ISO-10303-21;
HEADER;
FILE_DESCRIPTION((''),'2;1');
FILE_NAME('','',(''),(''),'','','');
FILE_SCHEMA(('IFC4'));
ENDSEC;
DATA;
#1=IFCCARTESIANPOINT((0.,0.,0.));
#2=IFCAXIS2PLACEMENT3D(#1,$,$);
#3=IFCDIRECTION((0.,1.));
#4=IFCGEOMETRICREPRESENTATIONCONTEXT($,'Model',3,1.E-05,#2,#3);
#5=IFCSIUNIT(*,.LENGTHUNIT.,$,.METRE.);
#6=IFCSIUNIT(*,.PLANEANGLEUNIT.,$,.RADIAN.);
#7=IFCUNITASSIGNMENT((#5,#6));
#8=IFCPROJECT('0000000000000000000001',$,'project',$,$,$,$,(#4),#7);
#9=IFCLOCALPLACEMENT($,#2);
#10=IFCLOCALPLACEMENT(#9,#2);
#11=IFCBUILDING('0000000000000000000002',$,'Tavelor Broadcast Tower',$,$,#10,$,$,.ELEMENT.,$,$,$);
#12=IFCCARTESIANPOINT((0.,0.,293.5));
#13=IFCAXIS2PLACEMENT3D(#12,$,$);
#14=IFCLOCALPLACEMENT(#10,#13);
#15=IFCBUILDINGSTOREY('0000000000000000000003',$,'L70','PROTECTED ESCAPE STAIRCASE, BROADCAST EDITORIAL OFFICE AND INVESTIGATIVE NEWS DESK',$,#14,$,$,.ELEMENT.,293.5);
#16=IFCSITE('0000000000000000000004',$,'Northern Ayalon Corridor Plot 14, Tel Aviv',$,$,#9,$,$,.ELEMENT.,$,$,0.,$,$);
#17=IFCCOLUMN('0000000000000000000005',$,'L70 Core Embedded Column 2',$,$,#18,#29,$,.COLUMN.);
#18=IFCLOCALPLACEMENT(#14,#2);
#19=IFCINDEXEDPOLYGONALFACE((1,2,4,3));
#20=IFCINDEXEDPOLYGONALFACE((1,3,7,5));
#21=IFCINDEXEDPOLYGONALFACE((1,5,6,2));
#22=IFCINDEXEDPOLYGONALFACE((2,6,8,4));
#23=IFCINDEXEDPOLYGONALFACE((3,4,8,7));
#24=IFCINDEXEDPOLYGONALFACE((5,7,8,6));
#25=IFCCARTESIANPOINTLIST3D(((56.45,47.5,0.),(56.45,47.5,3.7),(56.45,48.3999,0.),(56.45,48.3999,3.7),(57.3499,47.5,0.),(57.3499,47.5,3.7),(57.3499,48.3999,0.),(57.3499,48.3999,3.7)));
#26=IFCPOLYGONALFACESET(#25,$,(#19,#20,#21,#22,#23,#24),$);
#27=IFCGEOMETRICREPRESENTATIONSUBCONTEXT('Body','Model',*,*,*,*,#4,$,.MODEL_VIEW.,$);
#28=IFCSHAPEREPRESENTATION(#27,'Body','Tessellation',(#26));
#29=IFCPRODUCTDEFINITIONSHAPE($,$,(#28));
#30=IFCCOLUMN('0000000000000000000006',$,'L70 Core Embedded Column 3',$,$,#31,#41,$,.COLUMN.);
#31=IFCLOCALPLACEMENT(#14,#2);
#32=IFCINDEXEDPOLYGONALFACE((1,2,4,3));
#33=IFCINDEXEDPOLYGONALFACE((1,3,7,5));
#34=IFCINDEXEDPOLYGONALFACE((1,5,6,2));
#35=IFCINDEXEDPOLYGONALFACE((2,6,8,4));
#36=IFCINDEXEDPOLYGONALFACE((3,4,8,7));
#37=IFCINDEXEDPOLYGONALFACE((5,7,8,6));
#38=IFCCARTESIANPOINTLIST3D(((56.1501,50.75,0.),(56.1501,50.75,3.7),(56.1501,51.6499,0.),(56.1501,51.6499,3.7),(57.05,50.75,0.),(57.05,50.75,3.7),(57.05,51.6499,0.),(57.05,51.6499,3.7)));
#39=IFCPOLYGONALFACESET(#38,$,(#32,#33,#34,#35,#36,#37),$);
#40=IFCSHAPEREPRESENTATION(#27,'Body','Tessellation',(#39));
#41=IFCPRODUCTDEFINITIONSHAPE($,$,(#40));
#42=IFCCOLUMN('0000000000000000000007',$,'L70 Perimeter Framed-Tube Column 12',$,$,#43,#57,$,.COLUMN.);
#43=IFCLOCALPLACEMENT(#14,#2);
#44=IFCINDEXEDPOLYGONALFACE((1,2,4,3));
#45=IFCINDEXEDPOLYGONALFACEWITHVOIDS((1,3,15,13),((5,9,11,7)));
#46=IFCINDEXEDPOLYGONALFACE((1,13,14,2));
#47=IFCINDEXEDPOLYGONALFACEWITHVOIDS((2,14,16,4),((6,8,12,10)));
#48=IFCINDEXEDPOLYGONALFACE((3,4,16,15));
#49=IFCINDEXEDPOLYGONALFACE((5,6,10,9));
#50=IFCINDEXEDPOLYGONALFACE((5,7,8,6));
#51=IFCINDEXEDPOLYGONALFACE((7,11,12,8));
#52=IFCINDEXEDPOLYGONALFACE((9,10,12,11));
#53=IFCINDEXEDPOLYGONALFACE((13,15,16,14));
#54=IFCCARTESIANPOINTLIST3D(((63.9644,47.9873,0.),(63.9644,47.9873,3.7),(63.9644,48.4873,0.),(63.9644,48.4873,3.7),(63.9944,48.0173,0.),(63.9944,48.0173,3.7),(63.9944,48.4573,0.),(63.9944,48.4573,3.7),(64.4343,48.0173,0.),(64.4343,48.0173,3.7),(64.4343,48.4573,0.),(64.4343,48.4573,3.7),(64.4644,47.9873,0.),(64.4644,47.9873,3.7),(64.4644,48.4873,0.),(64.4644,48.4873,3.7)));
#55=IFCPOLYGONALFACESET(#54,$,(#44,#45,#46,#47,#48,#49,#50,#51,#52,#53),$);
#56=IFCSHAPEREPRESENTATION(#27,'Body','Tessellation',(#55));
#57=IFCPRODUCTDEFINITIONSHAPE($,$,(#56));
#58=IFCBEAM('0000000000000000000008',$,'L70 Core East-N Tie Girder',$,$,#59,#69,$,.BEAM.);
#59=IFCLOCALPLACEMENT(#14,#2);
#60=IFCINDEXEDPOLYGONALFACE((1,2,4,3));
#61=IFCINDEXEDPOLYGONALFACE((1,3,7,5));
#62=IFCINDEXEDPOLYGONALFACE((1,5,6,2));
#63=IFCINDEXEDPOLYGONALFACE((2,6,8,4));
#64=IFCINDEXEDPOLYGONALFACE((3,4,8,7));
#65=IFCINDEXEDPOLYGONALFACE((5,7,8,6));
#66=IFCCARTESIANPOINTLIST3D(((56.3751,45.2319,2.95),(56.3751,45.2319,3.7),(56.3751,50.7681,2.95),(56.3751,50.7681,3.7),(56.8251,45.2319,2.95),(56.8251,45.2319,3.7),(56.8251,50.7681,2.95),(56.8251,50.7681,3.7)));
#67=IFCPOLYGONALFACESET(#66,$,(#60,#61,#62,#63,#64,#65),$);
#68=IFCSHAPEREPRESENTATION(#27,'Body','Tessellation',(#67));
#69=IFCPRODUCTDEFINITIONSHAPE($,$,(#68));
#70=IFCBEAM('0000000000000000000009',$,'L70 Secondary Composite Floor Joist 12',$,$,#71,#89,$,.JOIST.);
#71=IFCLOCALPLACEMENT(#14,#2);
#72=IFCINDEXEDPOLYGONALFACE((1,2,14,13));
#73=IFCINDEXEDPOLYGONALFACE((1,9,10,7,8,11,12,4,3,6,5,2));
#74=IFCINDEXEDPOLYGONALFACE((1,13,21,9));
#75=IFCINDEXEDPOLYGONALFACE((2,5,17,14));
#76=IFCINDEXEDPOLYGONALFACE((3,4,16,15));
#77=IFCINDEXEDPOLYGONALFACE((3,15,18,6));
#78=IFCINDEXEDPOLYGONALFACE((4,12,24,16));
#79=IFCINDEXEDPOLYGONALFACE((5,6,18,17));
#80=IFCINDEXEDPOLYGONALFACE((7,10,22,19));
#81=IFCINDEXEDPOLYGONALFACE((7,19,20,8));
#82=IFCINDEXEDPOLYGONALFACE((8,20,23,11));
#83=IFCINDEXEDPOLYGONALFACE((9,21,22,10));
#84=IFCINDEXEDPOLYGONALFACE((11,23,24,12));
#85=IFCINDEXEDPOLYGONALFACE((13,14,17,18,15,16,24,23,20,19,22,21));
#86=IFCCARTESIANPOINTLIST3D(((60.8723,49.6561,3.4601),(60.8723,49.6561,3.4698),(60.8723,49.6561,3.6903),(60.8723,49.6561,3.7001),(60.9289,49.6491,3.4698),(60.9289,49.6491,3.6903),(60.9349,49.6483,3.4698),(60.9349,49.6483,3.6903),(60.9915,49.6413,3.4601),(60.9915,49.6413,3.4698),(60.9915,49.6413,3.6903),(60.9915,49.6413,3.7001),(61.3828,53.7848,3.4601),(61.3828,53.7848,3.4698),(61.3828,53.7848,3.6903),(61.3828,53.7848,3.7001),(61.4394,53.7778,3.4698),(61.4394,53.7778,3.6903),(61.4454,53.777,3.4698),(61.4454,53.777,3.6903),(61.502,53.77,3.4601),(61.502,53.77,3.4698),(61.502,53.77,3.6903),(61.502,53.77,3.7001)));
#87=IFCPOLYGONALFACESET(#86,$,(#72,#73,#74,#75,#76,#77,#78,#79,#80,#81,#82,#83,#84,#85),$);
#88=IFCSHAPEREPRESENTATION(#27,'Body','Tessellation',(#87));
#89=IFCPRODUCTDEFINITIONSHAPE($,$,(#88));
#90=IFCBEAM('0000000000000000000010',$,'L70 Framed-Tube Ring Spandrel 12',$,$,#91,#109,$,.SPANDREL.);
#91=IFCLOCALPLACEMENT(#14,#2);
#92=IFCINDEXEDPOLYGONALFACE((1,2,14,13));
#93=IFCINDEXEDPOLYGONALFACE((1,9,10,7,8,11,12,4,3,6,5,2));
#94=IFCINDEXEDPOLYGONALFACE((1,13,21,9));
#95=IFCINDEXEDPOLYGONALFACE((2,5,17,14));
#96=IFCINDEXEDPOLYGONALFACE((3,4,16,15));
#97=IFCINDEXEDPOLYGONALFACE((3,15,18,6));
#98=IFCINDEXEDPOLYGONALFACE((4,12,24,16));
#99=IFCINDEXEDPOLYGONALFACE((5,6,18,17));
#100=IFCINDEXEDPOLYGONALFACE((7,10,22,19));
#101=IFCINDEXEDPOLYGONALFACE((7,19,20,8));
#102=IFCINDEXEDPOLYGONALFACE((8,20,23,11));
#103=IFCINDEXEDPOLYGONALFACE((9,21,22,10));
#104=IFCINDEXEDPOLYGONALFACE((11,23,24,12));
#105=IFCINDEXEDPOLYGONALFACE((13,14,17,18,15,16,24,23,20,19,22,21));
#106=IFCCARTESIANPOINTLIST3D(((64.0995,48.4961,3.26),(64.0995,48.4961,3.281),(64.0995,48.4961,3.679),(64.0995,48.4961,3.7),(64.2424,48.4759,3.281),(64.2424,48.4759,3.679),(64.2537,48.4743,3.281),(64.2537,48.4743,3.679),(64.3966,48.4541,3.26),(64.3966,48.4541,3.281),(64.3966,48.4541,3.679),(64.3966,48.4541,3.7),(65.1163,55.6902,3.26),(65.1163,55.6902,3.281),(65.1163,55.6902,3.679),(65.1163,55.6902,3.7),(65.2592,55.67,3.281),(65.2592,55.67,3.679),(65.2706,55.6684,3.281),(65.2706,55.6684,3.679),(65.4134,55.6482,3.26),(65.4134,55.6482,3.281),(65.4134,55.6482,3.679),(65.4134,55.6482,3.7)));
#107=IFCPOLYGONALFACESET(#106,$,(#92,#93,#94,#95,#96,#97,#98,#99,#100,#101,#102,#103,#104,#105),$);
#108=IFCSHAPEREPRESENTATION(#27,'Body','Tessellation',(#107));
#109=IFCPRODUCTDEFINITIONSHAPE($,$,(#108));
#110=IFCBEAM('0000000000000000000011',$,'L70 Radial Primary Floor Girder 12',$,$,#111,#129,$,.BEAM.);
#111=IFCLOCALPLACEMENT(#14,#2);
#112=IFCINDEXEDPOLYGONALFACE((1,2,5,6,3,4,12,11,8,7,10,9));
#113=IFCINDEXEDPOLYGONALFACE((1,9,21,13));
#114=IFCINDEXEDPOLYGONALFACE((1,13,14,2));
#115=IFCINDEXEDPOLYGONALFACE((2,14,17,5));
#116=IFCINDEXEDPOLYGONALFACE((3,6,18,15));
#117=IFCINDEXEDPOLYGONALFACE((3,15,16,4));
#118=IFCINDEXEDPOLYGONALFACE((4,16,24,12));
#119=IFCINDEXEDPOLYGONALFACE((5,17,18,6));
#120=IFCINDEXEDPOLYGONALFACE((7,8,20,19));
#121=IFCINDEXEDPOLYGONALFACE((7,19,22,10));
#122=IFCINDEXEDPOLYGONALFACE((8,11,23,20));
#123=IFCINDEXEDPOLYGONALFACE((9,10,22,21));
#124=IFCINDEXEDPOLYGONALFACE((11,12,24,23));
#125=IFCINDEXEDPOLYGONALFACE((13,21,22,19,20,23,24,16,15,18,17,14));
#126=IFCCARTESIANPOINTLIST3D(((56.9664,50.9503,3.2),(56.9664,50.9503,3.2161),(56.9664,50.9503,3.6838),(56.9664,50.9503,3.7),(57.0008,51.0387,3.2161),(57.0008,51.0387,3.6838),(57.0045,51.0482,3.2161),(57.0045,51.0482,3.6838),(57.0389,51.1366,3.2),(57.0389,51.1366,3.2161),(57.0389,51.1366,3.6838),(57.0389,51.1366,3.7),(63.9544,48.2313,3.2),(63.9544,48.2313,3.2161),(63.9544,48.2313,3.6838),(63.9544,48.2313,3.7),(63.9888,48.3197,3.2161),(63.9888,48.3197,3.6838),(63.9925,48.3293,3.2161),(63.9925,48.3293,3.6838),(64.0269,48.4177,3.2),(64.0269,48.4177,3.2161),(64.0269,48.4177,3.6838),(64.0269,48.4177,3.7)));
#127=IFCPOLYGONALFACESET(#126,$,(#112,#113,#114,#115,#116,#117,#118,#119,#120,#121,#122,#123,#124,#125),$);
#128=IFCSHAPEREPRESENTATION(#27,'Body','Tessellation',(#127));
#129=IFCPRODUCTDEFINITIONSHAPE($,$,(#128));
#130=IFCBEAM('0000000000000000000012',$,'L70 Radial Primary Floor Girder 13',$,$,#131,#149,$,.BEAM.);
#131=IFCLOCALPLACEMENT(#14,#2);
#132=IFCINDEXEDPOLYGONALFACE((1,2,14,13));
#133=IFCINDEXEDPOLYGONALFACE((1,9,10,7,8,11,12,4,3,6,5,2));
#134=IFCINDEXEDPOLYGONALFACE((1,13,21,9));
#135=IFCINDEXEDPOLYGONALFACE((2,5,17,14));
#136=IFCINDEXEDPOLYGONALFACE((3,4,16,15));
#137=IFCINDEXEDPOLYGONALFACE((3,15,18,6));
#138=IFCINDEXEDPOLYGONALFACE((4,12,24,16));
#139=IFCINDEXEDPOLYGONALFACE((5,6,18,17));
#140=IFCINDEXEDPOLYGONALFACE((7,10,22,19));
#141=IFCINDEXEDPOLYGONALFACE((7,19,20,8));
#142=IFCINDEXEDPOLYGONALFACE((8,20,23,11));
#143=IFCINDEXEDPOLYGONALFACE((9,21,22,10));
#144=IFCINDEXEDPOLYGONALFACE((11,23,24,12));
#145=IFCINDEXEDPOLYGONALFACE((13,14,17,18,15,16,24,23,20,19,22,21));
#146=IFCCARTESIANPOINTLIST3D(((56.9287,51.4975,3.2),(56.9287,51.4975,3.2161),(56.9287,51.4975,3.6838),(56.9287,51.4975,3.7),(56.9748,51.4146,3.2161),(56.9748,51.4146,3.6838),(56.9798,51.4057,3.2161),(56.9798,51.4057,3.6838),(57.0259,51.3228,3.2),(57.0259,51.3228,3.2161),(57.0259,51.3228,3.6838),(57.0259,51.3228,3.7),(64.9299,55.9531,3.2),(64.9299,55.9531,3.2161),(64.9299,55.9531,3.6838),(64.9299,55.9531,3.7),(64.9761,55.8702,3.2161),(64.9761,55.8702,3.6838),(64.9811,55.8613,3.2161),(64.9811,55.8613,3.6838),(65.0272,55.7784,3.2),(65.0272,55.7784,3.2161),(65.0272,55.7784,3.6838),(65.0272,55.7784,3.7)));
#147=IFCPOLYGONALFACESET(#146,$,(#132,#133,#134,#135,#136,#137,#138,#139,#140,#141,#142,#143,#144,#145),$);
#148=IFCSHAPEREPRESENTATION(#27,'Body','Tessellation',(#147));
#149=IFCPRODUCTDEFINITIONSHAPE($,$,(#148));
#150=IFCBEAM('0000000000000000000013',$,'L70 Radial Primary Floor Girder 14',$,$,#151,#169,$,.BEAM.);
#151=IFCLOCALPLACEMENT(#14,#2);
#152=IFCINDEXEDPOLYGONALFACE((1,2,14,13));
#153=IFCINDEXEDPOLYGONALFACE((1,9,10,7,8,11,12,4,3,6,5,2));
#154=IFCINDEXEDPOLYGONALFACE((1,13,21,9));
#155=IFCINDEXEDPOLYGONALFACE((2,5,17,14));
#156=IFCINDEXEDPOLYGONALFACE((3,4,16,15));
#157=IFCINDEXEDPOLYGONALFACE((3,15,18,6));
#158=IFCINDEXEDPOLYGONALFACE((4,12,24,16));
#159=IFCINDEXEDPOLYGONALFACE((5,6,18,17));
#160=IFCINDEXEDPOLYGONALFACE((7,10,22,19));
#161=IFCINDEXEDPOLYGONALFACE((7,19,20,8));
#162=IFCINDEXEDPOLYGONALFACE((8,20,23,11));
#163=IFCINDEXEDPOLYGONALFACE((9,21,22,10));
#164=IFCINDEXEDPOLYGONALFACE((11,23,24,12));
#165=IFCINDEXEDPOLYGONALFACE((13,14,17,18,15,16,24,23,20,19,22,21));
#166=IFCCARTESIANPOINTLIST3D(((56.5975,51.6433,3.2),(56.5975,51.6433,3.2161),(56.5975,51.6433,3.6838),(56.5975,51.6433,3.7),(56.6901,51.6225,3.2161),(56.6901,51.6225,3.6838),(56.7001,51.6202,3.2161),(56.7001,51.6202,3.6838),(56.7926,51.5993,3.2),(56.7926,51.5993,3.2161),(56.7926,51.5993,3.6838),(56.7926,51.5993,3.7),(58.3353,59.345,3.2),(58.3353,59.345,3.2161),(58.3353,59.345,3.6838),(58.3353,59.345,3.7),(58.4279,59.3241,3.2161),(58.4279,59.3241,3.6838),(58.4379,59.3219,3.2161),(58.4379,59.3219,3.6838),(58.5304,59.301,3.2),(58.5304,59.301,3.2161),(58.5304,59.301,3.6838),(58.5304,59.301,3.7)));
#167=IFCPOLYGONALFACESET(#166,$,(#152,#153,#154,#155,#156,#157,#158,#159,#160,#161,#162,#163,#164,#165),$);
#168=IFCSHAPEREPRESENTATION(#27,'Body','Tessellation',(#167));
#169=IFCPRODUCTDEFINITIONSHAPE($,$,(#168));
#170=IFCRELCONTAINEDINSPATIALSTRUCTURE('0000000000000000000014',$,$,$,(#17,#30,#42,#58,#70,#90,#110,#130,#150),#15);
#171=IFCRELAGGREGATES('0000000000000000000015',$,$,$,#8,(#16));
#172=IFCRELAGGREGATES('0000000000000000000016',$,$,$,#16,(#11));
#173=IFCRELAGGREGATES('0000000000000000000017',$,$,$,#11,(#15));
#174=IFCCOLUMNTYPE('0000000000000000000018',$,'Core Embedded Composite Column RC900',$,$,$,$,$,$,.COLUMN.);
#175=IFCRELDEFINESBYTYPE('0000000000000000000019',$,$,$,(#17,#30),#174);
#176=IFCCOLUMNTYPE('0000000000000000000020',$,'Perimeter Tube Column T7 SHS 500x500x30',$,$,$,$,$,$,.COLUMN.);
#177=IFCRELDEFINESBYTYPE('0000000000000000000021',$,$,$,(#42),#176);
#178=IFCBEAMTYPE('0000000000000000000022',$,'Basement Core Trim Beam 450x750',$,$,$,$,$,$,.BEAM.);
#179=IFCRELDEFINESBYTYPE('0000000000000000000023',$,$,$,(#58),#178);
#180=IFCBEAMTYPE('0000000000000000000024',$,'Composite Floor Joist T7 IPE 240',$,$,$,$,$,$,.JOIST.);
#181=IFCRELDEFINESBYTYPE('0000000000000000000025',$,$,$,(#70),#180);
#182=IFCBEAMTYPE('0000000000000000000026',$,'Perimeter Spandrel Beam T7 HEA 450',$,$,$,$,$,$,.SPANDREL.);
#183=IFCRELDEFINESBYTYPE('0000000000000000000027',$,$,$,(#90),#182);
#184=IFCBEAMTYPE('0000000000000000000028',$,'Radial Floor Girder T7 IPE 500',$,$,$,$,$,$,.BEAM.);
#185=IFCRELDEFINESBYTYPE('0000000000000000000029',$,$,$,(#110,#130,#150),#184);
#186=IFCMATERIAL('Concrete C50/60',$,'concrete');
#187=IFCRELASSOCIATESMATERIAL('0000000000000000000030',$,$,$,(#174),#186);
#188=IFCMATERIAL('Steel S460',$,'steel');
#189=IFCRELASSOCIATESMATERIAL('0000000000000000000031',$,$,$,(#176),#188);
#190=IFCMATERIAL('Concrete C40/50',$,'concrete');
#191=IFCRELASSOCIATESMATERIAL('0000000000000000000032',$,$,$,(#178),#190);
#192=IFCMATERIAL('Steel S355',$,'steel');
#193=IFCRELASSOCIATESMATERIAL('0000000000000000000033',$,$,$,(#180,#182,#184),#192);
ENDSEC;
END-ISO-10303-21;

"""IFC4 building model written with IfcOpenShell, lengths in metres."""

from ifc_helpers import new_model, si_unit, direction, frame, origin, origin_2d, place, context, subcontext, project, spatial, rectangle, hollow_rectangle, i_section, extrude, material, material_profile, profile_set, type_object, element, save


model = new_model("IFC4")

# Units and contexts
model_context = context("Model", 3, precision=1e-05, world=origin(), true_north=direction((0.0, 1.0)))
body_context = subcontext(model_context, "Body", "Model", "MODEL_VIEW")
ifc_project = project(units=[si_unit("LENGTHUNIT", "METRE"), si_unit("PLANEANGLEUNIT", "RADIAN")], contexts=[model_context])

# Site, building, storey
site_placement = place(None, origin())
site = spatial("IfcSite", under=ifc_project, at=site_placement, Name="Northern Ayalon Corridor Plot 14, Tel Aviv", CompositionType="ELEMENT", RefElevation=0.0)
building_placement = place(site_placement, origin())
building = spatial("IfcBuilding", under=site, at=building_placement, Name="Tavelor Broadcast Tower", CompositionType="ELEMENT")
storey_placement = place(building_placement, frame((0.0, 0.0, 293.5)))
storey = spatial("IfcBuildingStorey", under=building, at=storey_placement, Name="L70", Description="PROTECTED ESCAPE STAIRCASE, BROADCAST EDITORIAL OFFICE AND INVESTIGATIVE NEWS DESK", CompositionType="ELEMENT", Elevation=293.5)

# Columns
ifc_material_1 = material(Name="Concrete C50/60", Category="concrete")
ifc_material_profile_1 = material_profile(ifc_material_1, rectangle(XDim=0.8999, YDim=0.8999, at=origin_2d()), Name="RC 900x900")
ifc_profile_set_1 = profile_set([ifc_material_profile_1], Name="Concrete C50/60")
column_type_1 = type_object("IfcColumnType", Name="Core Embedded Composite Column RC900", PredefinedType="COLUMN", material=ifc_profile_set_1)
for number, where, z_axis, x_axis, name in (
    (1, (56.8999, 47.95, 0.0), (0.0, 0.0, 1.0), (1.0, 0.0, 0.0), "L70 Core Embedded Column 2"),
    (2, (56.6001, 51.2, 0.0), (0.0, 0.0, 1.0), (1.0, 0.0, 0.0), "L70 Core Embedded Column 3"),
):
    element("IfcColumn", number, at=place(storey_placement, frame(where, z_axis=z_axis, x_axis=x_axis)), inside=storey, type_object=column_type_1, Name=name, PredefinedType="COLUMN", context=body_context, shape_type="SweptSolid", body=[
        extrude(rectangle(XDim=0.8999, YDim=0.8999, at=origin_2d()), origin(), (0.0, 0.0, 1.0), 3.7),
    ])
ifc_material_2 = material(Name="Steel S460", Category="steel")
ifc_material_profile_2 = material_profile(ifc_material_2, hollow_rectangle(XDim=0.5, YDim=0.5, WallThickness=0.03, at=origin_2d()), Name="SHS 500x500x30")
ifc_profile_set_2 = profile_set([ifc_material_profile_2], Name="Steel S460")
column_type_2 = type_object("IfcColumnType", Name="Perimeter Tube Column T7 SHS 500x500x30", PredefinedType="COLUMN", material=ifc_profile_set_2)
column_placement = place(storey_placement, frame((64.2144, 48.2373, 0.0), z_axis=(0.0, 0.0, 1.0), x_axis=(1.0, 0.0, 0.0)))
element("IfcColumn", 3, at=column_placement, inside=storey, type_object=column_type_2, Name="L70 Perimeter Framed-Tube Column 12", PredefinedType="COLUMN", context=body_context, shape_type="SweptSolid", body=[
    extrude(hollow_rectangle(XDim=0.5, YDim=0.5, WallThickness=0.03, at=origin_2d()), origin(), (0.0, 0.0, 1.0), 3.7),
])

# Beams
ifc_material_3 = material(Name="Concrete C40/50", Category="concrete")
ifc_material_profile_3 = material_profile(ifc_material_3, rectangle(XDim=0.45, YDim=0.75, at=origin_2d()), Name="RC 450x750")
ifc_profile_set_3 = profile_set([ifc_material_profile_3], Name="Concrete C40/50")
beam_type_1 = type_object("IfcBeamType", Name="Basement Core Trim Beam 450x750", PredefinedType="BEAM", material=ifc_profile_set_3)
beam_1_placement = place(storey_placement, frame((56.6001, 45.2319, 3.325), z_axis=(0.0, 1.0, 0.0), x_axis=(-1.0, 0.0, 0.0)))
element("IfcBeam", 4, at=beam_1_placement, inside=storey, type_object=beam_type_1, Name="L70 Core East-N Tie Girder", PredefinedType="BEAM", context=body_context, shape_type="SweptSolid", body=[
    extrude(rectangle(XDim=0.45, YDim=0.75, at=origin_2d()), origin(), (0.0, 0.0, 1.0), 5.5361),
])
ifc_material_4 = material(Name="Steel S355", Category="steel")
ifc_material_profile_4 = material_profile(ifc_material_4, i_section(OverallWidth=0.1201, OverallDepth=0.24, WebThickness=0.0061, FlangeThickness=0.0098, at=origin_2d()), Name="IPE 240")
ifc_profile_set_4 = profile_set([ifc_material_profile_4], Name="Steel S355")
beam_type_2 = type_object("IfcBeamType", Name="Composite Floor Joist T7 IPE 240", PredefinedType="JOIST", material=ifc_profile_set_4)
beam_2_placement = place(storey_placement, frame((60.9319, 49.6487, 3.5801), z_axis=(0.122713, 0.992442, 0.0), x_axis=(-0.992442, 0.122713, 0.0)))
element("IfcBeam", 5, at=beam_2_placement, inside=storey, type_object=beam_type_2, Name="L70 Secondary Composite Floor Joist 12", PredefinedType="JOIST", context=body_context, shape_type="SweptSolid", body=[
    extrude(i_section(OverallWidth=0.1201, OverallDepth=0.24, WebThickness=0.0061, FlangeThickness=0.0098, at=origin_2d()), origin(), (0.0, 0.0, 1.0), 4.1602),
])
ifc_material_profile_5 = material_profile(ifc_material_4, i_section(OverallWidth=0.3, OverallDepth=0.4399, WebThickness=0.0115, FlangeThickness=0.021, at=origin_2d()), Name="HEA 450")
ifc_profile_set_5 = profile_set([ifc_material_profile_5], Name="Steel S355")
beam_type_3 = type_object("IfcBeamType", Name="Perimeter Spandrel Beam T7 HEA 450", PredefinedType="SPANDREL", material=ifc_profile_set_5)
beam_3_placement = place(storey_placement, frame((64.248, 48.4751, 3.48), z_axis=(0.139953, 0.990158, 0.0), x_axis=(-0.990158, 0.139953, 0.0)))
element("IfcBeam", 6, at=beam_3_placement, inside=storey, type_object=beam_type_3, Name="L70 Framed-Tube Ring Spandrel 12", PredefinedType="SPANDREL", context=body_context, shape_type="SweptSolid", body=[
    extrude(i_section(OverallWidth=0.3, OverallDepth=0.4399, WebThickness=0.0115, FlangeThickness=0.021, at=origin_2d()), origin(), (0.0, 0.0, 1.0), 7.2656),
])
ifc_material_profile_6 = material_profile(ifc_material_4, i_section(OverallWidth=0.2, OverallDepth=0.5, WebThickness=0.0103, FlangeThickness=0.0161, at=origin_2d()), Name="IPE 500")
ifc_profile_set_6 = profile_set([ifc_material_profile_6], Name="Steel S355")
beam_type_4 = type_object("IfcBeamType", Name="Radial Floor Girder T7 IPE 500", PredefinedType="BEAM", material=ifc_profile_set_6)
beam_4_placement = place(storey_placement, frame((57.0027, 51.0435, 3.45), z_axis=(0.93194, -0.362611, 0.0), x_axis=(0.362611, 0.93194, 0.0)))
element("IfcBeam", 7, at=beam_4_placement, inside=storey, type_object=beam_type_4, Name="L70 Radial Primary Floor Girder 12", PredefinedType="BEAM", context=body_context, shape_type="SweptSolid", body=[
    extrude(i_section(OverallWidth=0.2, OverallDepth=0.5, WebThickness=0.0103, FlangeThickness=0.0161, at=origin_2d()), origin(), (0.0, 0.0, 1.0), 7.4983),
])
beam_5_placement = place(storey_placement, frame((56.9773, 51.4102, 3.45), z_axis=(0.873673, 0.486514, 0.0), x_axis=(-0.486514, 0.873673, 0.0)))
element("IfcBeam", 8, at=beam_5_placement, inside=storey, type_object=beam_type_4, Name="L70 Radial Primary Floor Girder 13", PredefinedType="BEAM", context=body_context, shape_type="SweptSolid", body=[
    extrude(i_section(OverallWidth=0.2, OverallDepth=0.5, WebThickness=0.0103, FlangeThickness=0.0161, at=origin_2d()), origin(), (0.0, 0.0, 1.0), 9.1582),
])
beam_6_placement = place(storey_placement, frame((56.6951, 51.6213, 3.45), z_axis=(0.220105, 0.975476, 0.0), x_axis=(-0.975476, 0.220105, 0.0)))
element("IfcBeam", 9, at=beam_6_placement, inside=storey, type_object=beam_type_4, Name="L70 Radial Primary Floor Girder 14", PredefinedType="BEAM", context=body_context, shape_type="SweptSolid", body=[
    extrude(i_section(OverallWidth=0.2, OverallDepth=0.5, WebThickness=0.0103, FlangeThickness=0.0161, at=origin_2d()), origin(), (0.0, 0.0, 1.0), 7.8953),
])

save(model, "model.ifc")
